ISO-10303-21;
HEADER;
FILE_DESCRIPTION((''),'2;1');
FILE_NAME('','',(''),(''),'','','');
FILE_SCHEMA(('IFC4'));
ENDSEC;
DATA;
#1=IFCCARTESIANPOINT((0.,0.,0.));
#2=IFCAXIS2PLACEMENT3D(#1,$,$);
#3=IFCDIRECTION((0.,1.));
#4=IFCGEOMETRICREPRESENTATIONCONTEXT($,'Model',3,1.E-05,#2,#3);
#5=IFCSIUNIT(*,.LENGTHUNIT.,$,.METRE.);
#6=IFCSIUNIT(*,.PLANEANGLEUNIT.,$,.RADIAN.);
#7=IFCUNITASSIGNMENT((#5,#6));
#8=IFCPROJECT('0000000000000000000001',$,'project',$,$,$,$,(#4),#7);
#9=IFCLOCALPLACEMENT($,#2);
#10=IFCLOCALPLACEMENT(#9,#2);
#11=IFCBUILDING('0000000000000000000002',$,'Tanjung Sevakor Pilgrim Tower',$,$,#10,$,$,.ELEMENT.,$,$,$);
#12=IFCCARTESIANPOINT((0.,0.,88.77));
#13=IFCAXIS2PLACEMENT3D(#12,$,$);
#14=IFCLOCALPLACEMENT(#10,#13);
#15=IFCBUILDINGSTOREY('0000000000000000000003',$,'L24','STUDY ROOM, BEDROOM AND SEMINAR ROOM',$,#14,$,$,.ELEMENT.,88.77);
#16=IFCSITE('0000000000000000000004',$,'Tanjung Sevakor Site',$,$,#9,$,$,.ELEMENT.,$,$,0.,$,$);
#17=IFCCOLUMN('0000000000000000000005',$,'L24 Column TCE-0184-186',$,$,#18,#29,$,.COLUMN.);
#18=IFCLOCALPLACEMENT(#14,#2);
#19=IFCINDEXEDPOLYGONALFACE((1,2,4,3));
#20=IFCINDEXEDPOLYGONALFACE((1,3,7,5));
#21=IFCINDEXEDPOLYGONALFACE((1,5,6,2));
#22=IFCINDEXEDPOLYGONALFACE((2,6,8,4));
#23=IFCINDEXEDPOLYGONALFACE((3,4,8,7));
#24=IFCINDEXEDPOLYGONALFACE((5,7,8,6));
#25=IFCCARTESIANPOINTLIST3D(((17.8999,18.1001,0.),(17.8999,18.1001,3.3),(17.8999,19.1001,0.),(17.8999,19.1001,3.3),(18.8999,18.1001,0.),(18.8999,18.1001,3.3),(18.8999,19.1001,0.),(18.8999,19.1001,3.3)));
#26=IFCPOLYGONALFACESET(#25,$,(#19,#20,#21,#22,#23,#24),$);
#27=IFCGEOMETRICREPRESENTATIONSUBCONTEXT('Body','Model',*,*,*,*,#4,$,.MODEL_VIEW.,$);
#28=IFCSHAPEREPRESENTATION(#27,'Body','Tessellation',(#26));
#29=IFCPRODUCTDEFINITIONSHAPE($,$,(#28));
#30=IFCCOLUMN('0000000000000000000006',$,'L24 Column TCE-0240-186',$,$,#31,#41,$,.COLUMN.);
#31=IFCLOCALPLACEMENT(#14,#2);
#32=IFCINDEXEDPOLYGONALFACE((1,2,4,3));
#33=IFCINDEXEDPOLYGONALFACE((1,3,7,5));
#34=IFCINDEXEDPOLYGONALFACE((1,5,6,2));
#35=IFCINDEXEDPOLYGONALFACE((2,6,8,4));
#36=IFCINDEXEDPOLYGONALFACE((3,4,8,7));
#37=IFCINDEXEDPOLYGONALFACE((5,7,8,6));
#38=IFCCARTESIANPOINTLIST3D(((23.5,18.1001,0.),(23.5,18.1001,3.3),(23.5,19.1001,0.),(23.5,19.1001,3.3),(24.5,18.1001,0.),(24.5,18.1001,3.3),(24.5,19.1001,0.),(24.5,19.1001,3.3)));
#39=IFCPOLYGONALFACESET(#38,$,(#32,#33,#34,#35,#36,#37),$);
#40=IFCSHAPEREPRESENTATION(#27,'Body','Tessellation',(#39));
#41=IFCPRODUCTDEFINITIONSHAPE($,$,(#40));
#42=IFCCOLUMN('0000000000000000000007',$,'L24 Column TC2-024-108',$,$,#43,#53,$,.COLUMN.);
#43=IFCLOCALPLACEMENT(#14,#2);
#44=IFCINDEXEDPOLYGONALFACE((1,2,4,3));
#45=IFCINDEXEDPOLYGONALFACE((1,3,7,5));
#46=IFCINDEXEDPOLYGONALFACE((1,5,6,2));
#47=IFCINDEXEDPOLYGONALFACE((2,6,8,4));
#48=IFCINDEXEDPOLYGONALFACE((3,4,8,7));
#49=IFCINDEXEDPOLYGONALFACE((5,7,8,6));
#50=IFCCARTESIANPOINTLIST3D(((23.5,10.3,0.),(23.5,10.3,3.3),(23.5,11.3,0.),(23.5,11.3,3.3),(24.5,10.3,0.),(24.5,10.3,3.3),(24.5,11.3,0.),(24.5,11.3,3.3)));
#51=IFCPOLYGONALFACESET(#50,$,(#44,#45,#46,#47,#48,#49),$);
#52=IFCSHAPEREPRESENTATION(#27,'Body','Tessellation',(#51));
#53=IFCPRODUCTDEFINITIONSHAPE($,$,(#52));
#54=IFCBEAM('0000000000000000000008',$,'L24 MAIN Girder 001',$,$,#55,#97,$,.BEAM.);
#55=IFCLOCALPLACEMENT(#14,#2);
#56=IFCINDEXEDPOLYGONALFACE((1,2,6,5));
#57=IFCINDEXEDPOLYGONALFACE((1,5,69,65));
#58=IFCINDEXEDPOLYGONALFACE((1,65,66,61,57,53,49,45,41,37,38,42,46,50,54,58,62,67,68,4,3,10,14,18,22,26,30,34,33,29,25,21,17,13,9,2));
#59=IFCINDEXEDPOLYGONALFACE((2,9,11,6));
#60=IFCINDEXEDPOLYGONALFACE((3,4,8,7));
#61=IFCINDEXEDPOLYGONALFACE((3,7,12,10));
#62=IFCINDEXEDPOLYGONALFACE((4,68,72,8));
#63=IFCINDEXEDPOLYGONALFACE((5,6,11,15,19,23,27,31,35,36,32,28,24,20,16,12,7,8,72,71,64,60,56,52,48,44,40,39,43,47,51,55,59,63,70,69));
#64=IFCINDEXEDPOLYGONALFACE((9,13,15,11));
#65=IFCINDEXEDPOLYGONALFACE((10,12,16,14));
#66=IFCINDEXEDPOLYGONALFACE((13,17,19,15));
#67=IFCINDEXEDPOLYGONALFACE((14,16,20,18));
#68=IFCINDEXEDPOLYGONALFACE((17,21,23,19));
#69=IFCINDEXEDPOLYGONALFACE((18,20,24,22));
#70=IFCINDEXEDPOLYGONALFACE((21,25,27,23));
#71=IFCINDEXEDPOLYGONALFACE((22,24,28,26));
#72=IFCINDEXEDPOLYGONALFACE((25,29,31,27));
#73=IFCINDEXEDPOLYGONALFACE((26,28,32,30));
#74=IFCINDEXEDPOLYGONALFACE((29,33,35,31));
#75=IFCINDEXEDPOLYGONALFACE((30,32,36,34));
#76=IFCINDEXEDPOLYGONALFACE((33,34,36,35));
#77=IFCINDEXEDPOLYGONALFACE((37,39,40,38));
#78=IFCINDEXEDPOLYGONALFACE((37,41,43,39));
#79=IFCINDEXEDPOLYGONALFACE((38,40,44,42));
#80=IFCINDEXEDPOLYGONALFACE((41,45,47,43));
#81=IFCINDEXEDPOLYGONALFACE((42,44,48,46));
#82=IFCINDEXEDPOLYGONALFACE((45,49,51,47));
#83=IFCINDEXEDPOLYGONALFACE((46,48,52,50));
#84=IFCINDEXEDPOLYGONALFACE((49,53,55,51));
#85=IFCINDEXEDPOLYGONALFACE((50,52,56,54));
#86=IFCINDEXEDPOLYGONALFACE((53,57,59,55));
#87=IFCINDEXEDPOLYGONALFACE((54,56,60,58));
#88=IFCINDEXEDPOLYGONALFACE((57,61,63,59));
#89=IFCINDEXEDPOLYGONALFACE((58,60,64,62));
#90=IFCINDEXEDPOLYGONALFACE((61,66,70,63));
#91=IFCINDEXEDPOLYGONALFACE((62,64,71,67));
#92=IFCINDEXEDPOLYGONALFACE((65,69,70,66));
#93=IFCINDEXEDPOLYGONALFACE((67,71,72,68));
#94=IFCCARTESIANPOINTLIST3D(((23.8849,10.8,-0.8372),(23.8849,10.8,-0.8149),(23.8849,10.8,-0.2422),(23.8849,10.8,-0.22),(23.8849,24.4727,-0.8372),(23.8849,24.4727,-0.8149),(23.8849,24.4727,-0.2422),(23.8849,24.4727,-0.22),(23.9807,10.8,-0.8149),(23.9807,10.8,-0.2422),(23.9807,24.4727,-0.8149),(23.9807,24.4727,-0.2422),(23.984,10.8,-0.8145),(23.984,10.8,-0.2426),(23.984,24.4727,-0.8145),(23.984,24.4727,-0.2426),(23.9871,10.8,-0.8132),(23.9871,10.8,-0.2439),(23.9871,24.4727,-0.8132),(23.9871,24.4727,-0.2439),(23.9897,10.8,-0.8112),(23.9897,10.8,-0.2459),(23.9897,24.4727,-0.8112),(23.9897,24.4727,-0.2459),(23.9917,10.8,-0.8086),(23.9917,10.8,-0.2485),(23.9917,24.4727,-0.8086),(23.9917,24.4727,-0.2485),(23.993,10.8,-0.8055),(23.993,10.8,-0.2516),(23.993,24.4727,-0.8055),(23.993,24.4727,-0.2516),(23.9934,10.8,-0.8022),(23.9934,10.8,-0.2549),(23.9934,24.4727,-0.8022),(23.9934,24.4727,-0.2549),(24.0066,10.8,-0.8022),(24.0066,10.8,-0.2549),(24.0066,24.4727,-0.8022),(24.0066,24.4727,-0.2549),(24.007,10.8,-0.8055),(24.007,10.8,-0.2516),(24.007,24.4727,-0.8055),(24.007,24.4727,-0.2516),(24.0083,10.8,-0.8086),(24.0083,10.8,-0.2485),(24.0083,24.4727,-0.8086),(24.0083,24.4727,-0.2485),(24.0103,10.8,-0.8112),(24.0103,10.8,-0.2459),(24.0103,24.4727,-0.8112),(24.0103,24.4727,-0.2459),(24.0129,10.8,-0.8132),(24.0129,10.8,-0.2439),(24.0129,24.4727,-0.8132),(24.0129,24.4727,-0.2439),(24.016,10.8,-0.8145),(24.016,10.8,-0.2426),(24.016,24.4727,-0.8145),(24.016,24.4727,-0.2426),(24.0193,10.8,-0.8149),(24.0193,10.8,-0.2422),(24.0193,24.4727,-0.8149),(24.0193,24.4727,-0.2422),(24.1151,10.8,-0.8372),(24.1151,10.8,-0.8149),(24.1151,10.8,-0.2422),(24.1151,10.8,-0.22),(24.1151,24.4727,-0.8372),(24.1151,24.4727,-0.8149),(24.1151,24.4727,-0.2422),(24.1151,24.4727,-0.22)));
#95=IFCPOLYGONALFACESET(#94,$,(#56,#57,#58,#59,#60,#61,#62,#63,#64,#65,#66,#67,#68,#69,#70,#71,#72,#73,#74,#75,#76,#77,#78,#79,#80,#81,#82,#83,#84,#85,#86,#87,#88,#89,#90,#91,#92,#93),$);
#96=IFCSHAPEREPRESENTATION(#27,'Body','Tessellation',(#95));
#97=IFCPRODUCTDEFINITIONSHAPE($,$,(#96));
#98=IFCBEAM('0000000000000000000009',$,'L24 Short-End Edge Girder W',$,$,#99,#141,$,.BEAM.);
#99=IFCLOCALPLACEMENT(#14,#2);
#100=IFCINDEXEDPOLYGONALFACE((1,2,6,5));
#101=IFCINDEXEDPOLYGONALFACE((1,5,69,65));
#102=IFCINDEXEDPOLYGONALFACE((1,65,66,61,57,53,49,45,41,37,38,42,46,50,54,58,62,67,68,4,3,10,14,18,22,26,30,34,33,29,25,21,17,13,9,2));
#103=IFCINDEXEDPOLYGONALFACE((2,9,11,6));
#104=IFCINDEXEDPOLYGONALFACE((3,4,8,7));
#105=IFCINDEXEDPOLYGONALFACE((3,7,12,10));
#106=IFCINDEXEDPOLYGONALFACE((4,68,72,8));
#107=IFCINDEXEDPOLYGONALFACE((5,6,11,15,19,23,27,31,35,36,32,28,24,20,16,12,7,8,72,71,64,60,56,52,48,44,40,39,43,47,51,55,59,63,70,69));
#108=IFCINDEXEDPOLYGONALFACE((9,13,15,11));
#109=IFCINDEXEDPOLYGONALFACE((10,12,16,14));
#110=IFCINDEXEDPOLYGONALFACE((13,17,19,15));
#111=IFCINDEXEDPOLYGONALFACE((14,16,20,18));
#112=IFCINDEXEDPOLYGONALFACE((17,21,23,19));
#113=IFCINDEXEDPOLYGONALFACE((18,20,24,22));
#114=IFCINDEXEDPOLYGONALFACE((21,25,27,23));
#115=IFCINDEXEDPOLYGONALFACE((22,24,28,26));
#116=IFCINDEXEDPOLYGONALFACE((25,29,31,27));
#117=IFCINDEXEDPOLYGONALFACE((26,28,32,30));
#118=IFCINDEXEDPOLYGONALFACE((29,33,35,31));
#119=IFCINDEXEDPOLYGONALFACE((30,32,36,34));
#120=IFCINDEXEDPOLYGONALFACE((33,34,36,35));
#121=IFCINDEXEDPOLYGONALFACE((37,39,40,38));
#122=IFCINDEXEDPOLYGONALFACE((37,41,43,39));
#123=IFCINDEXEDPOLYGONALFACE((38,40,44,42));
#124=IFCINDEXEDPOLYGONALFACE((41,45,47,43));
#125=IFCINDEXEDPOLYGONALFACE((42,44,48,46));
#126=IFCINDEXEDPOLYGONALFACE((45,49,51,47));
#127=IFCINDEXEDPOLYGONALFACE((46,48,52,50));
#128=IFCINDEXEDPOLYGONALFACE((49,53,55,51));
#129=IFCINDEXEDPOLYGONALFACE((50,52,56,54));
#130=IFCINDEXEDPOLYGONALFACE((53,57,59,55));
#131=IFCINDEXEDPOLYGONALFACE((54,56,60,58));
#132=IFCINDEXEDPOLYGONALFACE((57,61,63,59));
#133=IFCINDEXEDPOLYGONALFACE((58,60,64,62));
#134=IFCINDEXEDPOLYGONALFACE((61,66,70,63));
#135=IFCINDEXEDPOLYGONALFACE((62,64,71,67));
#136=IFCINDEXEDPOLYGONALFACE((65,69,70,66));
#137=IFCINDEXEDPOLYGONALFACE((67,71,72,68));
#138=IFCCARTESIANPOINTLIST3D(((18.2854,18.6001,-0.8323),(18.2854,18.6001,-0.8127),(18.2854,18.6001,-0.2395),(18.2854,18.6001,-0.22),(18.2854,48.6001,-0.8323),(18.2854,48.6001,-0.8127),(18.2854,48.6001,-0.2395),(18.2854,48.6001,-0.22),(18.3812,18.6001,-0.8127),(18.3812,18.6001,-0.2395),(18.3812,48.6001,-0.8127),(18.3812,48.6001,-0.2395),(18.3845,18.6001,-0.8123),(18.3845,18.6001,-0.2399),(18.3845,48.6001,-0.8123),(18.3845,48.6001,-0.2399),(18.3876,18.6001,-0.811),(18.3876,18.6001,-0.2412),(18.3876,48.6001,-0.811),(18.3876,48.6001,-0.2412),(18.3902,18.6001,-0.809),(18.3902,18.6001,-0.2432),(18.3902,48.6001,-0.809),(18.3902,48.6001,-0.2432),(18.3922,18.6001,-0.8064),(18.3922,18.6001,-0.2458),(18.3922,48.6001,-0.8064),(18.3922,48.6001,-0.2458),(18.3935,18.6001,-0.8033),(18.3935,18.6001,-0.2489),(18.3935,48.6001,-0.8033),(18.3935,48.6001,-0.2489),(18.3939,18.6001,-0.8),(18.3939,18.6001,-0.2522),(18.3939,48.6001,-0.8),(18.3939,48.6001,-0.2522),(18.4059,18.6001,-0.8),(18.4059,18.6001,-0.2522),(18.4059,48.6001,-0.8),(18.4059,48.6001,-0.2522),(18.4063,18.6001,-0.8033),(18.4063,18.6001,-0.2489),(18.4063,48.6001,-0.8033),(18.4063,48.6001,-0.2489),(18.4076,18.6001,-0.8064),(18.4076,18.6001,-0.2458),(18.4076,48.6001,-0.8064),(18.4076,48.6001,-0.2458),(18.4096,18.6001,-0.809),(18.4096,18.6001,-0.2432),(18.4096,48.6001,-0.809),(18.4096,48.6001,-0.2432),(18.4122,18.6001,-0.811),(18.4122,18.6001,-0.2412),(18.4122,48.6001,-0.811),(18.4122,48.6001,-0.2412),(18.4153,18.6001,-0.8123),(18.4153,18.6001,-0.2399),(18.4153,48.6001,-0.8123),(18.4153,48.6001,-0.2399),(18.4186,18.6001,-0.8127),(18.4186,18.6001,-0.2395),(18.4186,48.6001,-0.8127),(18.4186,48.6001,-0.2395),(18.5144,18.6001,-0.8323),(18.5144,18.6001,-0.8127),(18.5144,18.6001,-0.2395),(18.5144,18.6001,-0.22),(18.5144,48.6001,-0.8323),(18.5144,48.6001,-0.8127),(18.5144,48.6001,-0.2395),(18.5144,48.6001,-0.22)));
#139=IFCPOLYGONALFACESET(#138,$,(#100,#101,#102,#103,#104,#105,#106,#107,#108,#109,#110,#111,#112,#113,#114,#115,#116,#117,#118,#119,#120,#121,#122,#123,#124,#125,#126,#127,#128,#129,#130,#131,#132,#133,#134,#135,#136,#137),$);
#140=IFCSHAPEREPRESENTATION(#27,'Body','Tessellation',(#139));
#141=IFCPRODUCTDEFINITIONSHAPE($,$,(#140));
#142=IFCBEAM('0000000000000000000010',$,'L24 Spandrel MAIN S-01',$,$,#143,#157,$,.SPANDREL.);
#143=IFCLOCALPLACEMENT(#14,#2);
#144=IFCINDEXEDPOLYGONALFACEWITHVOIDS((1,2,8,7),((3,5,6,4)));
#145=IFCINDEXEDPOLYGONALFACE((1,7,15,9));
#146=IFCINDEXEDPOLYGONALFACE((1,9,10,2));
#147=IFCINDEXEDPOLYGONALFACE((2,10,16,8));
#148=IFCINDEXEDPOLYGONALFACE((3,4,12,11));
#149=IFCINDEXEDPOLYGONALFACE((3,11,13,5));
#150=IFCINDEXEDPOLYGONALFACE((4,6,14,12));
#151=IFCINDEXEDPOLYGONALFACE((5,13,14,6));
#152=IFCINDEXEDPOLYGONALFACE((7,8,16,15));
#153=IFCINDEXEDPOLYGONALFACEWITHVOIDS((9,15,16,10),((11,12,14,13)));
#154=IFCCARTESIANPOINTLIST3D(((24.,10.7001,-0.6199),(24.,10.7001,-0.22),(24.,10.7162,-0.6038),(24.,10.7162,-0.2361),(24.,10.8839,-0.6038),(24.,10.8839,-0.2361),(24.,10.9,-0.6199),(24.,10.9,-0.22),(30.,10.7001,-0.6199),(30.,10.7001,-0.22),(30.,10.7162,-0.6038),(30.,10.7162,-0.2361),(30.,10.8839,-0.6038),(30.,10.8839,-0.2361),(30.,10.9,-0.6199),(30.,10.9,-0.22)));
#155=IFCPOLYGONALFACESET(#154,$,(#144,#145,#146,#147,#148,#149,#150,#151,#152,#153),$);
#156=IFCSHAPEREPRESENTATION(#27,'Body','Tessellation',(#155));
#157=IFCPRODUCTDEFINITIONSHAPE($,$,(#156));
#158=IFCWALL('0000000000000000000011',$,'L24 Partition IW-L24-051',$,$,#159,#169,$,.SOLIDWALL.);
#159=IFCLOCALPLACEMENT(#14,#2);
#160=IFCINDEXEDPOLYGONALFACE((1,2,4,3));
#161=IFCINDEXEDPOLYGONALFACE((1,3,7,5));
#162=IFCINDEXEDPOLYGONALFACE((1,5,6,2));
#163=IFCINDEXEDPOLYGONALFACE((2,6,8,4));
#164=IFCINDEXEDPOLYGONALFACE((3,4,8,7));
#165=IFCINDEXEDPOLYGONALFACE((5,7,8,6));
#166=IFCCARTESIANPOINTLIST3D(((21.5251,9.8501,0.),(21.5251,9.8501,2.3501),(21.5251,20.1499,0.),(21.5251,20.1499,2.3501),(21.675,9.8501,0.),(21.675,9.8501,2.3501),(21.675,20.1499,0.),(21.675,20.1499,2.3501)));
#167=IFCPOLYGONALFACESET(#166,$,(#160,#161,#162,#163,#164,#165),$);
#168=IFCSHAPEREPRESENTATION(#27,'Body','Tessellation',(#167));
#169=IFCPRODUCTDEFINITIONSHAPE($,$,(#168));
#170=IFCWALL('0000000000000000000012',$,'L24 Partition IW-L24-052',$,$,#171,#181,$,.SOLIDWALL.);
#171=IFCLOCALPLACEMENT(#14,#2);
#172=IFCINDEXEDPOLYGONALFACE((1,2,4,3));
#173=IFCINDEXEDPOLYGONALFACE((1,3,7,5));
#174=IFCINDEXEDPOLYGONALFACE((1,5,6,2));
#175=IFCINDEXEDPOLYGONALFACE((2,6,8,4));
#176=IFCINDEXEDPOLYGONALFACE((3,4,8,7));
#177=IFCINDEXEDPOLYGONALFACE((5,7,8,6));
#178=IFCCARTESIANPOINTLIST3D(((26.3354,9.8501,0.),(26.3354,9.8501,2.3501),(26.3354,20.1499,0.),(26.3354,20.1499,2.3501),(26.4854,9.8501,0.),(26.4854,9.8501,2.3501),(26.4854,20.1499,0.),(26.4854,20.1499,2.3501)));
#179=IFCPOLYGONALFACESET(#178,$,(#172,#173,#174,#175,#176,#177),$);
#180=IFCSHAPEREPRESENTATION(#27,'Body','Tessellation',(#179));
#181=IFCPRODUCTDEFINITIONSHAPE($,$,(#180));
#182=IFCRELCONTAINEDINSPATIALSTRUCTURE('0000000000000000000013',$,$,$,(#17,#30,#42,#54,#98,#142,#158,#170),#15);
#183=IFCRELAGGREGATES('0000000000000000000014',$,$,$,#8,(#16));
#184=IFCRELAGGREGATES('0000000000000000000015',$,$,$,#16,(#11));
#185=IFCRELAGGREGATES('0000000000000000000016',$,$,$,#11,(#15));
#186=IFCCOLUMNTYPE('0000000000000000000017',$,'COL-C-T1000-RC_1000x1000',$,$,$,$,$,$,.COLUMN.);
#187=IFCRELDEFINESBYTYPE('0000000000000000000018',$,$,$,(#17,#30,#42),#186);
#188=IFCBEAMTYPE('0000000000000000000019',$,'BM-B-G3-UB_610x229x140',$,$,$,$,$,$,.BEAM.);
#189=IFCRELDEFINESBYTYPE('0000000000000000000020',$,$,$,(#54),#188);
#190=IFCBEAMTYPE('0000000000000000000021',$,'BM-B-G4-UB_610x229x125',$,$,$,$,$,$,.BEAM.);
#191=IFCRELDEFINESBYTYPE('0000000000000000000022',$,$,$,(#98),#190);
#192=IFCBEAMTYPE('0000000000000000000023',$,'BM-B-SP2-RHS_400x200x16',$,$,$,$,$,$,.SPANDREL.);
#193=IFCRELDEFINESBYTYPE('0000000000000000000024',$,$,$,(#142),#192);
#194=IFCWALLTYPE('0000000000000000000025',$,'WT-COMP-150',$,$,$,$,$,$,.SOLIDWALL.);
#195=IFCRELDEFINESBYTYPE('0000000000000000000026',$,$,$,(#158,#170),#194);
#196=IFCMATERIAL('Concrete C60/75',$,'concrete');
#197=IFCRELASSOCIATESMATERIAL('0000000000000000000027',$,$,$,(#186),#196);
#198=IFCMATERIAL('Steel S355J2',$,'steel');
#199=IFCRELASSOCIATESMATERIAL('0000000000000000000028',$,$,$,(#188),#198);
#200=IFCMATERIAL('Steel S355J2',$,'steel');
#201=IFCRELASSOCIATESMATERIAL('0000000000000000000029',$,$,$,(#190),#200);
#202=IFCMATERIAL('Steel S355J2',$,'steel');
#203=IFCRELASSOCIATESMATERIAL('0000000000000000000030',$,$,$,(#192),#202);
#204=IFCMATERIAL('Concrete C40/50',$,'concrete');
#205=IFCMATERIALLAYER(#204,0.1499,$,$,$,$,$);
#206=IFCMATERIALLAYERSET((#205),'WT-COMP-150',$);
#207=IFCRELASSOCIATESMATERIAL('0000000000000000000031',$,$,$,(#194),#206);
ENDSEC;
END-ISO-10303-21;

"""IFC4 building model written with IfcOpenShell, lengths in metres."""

from ifc_helpers import new_model, si_unit, direction, frame, frame_2d, origin, origin_2d, place, context, subcontext, project, spatial, rectangle, hollow_rectangle, i_section, extrude, material, layer, layer_set, material_profile, profile_set, type_object, element, save


model = new_model("IFC4")

# Units and contexts
model_context = context("Model", 3, precision=1e-05, world=origin(), true_north=direction((0.0, 1.0)))
body_context = subcontext(model_context, "Body", "Model", "MODEL_VIEW")
ifc_project = project(units=[si_unit("LENGTHUNIT", "METRE"), si_unit("PLANEANGLEUNIT", "RADIAN")], contexts=[model_context])

# Site, building, storey
site_placement = place(None, origin())
site = spatial("IfcSite", under=ifc_project, at=site_placement, Name="Tanjung Sevakor Site", CompositionType="ELEMENT", RefElevation=0.0)
building_placement = place(site_placement, origin())
building = spatial("IfcBuilding", under=site, at=building_placement, Name="Tanjung Sevakor Pilgrim Tower", CompositionType="ELEMENT")
storey_placement = place(building_placement, frame((0.0, 0.0, 88.77)))
storey = spatial("IfcBuildingStorey", under=building, at=storey_placement, Name="L24", Description="STUDY ROOM, BEDROOM AND SEMINAR ROOM", CompositionType="ELEMENT", Elevation=88.77)

# Columns
ifc_material_1 = material(Name="Concrete C60/75", Category="concrete")
ifc_material_profile_1 = material_profile(ifc_material_1, rectangle(XDim=1.0, YDim=1.0, at=origin_2d()))
ifc_profile_set_1 = profile_set([ifc_material_profile_1], Name="Concrete C60/75")
column_type = type_object("IfcColumnType", Name="COL-C-T1000-RC_1000x1000", PredefinedType="COLUMN", material=ifc_profile_set_1)
for number, where, z_axis, x_axis, name in (
    (1, (18.3999, 18.6001, 0.0), (0.0, 0.0, 1.0), (1.0, 0.0, 0.0), "L24 Column TCE-0184-186"),
    (2, (24.0, 18.6001, 0.0), (0.0, 0.0, 1.0), (1.0, 0.0, 0.0), "L24 Column TCE-0240-186"),
    (3, (24.0, 10.8, 0.0), (0.0, 0.0, 1.0), (1.0, 0.0, 0.0), "L24 Column TC2-024-108"),
):
    element("IfcColumn", number, at=place(storey_placement, frame(where, z_axis=z_axis, x_axis=x_axis)), inside=storey, type_object=column_type, Name=name, PredefinedType="COLUMN", context=body_context, shape_type="SweptSolid", body=[
        extrude(rectangle(XDim=1.0, YDim=1.0, at=origin_2d()), origin(), (0.0, 0.0, 1.0), 3.3),
    ])

# Beams
ifc_material_2 = material(Name="Steel S355J2", Category="steel")
ifc_material_profile_2 = material_profile(ifc_material_2, i_section(OverallWidth=0.2302, OverallDepth=0.6172, WebThickness=0.0132, FlangeThickness=0.0222, FilletRadius=0.0127, at=origin_2d()))
ifc_profile_set_2 = profile_set([ifc_material_profile_2], Name="Steel S355J2")
beam_type_1 = type_object("IfcBeamType", Name="BM-B-G3-UB_610x229x140", PredefinedType="BEAM", material=ifc_profile_set_2)
beam_1_placement = place(storey_placement, frame((24.0, 10.8, -0.5286), z_axis=(0.0, 1.0, 0.0), x_axis=(-1.0, 0.0, 0.0)))
element("IfcBeam", 4, at=beam_1_placement, inside=storey, type_object=beam_type_1, Name="L24 MAIN Girder 001", PredefinedType="BEAM", context=body_context, shape_type="SweptSolid", body=[
    extrude(i_section(OverallWidth=0.2302, OverallDepth=0.6172, WebThickness=0.0132, FlangeThickness=0.0222, FilletRadius=0.0127, at=origin_2d()), origin(), (0.0, 0.0, 1.0), 13.6726),
])
ifc_material_3 = material(Name="Steel S355J2", Category="steel")
ifc_material_profile_3 = material_profile(ifc_material_3, i_section(OverallWidth=0.229, OverallDepth=0.6123, WebThickness=0.012, FlangeThickness=0.0195, FilletRadius=0.0127, at=origin_2d()))
ifc_profile_set_3 = profile_set([ifc_material_profile_3], Name="Steel S355J2")
beam_type_2 = type_object("IfcBeamType", Name="BM-B-G4-UB_610x229x125", PredefinedType="BEAM", material=ifc_profile_set_3)
beam_2_placement = place(storey_placement, frame((18.3999, 18.6001, -0.5261), z_axis=(0.0, 1.0, 0.0), x_axis=(-1.0, 0.0, 0.0)))
element("IfcBeam", 5, at=beam_2_placement, inside=storey, type_object=beam_type_2, Name="L24 Short-End Edge Girder W", PredefinedType="BEAM", context=body_context, shape_type="SweptSolid", body=[
    extrude(i_section(OverallWidth=0.229, OverallDepth=0.6123, WebThickness=0.012, FlangeThickness=0.0195, FilletRadius=0.0127, at=origin_2d()), origin(), (0.0, 0.0, 1.0), 30.0),
])
ifc_material_4 = material(Name="Steel S355J2", Category="steel")
ifc_material_profile_4 = material_profile(ifc_material_4, hollow_rectangle(XDim=0.2, YDim=0.3999, WallThickness=0.0161, at=origin_2d()))
ifc_profile_set_4 = profile_set([ifc_material_profile_4], Name="Steel S355J2")
beam_type_3 = type_object("IfcBeamType", Name="BM-B-SP2-RHS_400x200x16", PredefinedType="SPANDREL", material=ifc_profile_set_4)
beam_3_placement = place(storey_placement, frame((24.0, 10.8, -0.4199), z_axis=(1.0, 0.0, 0.0), x_axis=(0.0, 1.0, 0.0)))
element("IfcBeam", 6, at=beam_3_placement, inside=storey, type_object=beam_type_3, Name="L24 Spandrel MAIN S-01", PredefinedType="SPANDREL", context=body_context, shape_type="SweptSolid", body=[
    extrude(hollow_rectangle(XDim=0.2, YDim=0.3999, WallThickness=0.0161, at=origin_2d()), origin(), (0.0, 0.0, 1.0), 6.0),
])

# Walls
ifc_material_5 = material(Name="Concrete C40/50", Category="concrete")
ifc_layer_1 = layer(ifc_material_5, 0.1499)
ifc_layer_set_1 = layer_set([ifc_layer_1], Name="WT-COMP-150")
wall_type_1 = type_object("IfcWallType", Name="WT-COMP-150", PredefinedType="SOLIDWALL", material=ifc_layer_set_1)
for number, where, z_axis, x_axis, name in (
    (7, (21.6001, 9.8501, 0.0), (0.0, 0.0, 1.0), (0.0, 1.0, 0.0), "L24 Partition IW-L24-051"),
    (8, (26.4104, 9.8501, 0.0), (0.0, 0.0, 1.0), (0.0, 1.0, 0.0), "L24 Partition IW-L24-052"),
):
    element("IfcWall", number, at=place(storey_placement, frame(where, z_axis=z_axis, x_axis=x_axis)), inside=storey, type_object=wall_type_1, Name=name, PredefinedType="SOLIDWALL", context=body_context, shape_type="SweptSolid", body=[
        extrude(rectangle(XDim=10.2998, YDim=0.1499, at=frame_2d((5.1499, 0.0))), origin(), (0.0, 0.0, 1.0), 2.3501),
    ])

save(model, "model.ifc")
